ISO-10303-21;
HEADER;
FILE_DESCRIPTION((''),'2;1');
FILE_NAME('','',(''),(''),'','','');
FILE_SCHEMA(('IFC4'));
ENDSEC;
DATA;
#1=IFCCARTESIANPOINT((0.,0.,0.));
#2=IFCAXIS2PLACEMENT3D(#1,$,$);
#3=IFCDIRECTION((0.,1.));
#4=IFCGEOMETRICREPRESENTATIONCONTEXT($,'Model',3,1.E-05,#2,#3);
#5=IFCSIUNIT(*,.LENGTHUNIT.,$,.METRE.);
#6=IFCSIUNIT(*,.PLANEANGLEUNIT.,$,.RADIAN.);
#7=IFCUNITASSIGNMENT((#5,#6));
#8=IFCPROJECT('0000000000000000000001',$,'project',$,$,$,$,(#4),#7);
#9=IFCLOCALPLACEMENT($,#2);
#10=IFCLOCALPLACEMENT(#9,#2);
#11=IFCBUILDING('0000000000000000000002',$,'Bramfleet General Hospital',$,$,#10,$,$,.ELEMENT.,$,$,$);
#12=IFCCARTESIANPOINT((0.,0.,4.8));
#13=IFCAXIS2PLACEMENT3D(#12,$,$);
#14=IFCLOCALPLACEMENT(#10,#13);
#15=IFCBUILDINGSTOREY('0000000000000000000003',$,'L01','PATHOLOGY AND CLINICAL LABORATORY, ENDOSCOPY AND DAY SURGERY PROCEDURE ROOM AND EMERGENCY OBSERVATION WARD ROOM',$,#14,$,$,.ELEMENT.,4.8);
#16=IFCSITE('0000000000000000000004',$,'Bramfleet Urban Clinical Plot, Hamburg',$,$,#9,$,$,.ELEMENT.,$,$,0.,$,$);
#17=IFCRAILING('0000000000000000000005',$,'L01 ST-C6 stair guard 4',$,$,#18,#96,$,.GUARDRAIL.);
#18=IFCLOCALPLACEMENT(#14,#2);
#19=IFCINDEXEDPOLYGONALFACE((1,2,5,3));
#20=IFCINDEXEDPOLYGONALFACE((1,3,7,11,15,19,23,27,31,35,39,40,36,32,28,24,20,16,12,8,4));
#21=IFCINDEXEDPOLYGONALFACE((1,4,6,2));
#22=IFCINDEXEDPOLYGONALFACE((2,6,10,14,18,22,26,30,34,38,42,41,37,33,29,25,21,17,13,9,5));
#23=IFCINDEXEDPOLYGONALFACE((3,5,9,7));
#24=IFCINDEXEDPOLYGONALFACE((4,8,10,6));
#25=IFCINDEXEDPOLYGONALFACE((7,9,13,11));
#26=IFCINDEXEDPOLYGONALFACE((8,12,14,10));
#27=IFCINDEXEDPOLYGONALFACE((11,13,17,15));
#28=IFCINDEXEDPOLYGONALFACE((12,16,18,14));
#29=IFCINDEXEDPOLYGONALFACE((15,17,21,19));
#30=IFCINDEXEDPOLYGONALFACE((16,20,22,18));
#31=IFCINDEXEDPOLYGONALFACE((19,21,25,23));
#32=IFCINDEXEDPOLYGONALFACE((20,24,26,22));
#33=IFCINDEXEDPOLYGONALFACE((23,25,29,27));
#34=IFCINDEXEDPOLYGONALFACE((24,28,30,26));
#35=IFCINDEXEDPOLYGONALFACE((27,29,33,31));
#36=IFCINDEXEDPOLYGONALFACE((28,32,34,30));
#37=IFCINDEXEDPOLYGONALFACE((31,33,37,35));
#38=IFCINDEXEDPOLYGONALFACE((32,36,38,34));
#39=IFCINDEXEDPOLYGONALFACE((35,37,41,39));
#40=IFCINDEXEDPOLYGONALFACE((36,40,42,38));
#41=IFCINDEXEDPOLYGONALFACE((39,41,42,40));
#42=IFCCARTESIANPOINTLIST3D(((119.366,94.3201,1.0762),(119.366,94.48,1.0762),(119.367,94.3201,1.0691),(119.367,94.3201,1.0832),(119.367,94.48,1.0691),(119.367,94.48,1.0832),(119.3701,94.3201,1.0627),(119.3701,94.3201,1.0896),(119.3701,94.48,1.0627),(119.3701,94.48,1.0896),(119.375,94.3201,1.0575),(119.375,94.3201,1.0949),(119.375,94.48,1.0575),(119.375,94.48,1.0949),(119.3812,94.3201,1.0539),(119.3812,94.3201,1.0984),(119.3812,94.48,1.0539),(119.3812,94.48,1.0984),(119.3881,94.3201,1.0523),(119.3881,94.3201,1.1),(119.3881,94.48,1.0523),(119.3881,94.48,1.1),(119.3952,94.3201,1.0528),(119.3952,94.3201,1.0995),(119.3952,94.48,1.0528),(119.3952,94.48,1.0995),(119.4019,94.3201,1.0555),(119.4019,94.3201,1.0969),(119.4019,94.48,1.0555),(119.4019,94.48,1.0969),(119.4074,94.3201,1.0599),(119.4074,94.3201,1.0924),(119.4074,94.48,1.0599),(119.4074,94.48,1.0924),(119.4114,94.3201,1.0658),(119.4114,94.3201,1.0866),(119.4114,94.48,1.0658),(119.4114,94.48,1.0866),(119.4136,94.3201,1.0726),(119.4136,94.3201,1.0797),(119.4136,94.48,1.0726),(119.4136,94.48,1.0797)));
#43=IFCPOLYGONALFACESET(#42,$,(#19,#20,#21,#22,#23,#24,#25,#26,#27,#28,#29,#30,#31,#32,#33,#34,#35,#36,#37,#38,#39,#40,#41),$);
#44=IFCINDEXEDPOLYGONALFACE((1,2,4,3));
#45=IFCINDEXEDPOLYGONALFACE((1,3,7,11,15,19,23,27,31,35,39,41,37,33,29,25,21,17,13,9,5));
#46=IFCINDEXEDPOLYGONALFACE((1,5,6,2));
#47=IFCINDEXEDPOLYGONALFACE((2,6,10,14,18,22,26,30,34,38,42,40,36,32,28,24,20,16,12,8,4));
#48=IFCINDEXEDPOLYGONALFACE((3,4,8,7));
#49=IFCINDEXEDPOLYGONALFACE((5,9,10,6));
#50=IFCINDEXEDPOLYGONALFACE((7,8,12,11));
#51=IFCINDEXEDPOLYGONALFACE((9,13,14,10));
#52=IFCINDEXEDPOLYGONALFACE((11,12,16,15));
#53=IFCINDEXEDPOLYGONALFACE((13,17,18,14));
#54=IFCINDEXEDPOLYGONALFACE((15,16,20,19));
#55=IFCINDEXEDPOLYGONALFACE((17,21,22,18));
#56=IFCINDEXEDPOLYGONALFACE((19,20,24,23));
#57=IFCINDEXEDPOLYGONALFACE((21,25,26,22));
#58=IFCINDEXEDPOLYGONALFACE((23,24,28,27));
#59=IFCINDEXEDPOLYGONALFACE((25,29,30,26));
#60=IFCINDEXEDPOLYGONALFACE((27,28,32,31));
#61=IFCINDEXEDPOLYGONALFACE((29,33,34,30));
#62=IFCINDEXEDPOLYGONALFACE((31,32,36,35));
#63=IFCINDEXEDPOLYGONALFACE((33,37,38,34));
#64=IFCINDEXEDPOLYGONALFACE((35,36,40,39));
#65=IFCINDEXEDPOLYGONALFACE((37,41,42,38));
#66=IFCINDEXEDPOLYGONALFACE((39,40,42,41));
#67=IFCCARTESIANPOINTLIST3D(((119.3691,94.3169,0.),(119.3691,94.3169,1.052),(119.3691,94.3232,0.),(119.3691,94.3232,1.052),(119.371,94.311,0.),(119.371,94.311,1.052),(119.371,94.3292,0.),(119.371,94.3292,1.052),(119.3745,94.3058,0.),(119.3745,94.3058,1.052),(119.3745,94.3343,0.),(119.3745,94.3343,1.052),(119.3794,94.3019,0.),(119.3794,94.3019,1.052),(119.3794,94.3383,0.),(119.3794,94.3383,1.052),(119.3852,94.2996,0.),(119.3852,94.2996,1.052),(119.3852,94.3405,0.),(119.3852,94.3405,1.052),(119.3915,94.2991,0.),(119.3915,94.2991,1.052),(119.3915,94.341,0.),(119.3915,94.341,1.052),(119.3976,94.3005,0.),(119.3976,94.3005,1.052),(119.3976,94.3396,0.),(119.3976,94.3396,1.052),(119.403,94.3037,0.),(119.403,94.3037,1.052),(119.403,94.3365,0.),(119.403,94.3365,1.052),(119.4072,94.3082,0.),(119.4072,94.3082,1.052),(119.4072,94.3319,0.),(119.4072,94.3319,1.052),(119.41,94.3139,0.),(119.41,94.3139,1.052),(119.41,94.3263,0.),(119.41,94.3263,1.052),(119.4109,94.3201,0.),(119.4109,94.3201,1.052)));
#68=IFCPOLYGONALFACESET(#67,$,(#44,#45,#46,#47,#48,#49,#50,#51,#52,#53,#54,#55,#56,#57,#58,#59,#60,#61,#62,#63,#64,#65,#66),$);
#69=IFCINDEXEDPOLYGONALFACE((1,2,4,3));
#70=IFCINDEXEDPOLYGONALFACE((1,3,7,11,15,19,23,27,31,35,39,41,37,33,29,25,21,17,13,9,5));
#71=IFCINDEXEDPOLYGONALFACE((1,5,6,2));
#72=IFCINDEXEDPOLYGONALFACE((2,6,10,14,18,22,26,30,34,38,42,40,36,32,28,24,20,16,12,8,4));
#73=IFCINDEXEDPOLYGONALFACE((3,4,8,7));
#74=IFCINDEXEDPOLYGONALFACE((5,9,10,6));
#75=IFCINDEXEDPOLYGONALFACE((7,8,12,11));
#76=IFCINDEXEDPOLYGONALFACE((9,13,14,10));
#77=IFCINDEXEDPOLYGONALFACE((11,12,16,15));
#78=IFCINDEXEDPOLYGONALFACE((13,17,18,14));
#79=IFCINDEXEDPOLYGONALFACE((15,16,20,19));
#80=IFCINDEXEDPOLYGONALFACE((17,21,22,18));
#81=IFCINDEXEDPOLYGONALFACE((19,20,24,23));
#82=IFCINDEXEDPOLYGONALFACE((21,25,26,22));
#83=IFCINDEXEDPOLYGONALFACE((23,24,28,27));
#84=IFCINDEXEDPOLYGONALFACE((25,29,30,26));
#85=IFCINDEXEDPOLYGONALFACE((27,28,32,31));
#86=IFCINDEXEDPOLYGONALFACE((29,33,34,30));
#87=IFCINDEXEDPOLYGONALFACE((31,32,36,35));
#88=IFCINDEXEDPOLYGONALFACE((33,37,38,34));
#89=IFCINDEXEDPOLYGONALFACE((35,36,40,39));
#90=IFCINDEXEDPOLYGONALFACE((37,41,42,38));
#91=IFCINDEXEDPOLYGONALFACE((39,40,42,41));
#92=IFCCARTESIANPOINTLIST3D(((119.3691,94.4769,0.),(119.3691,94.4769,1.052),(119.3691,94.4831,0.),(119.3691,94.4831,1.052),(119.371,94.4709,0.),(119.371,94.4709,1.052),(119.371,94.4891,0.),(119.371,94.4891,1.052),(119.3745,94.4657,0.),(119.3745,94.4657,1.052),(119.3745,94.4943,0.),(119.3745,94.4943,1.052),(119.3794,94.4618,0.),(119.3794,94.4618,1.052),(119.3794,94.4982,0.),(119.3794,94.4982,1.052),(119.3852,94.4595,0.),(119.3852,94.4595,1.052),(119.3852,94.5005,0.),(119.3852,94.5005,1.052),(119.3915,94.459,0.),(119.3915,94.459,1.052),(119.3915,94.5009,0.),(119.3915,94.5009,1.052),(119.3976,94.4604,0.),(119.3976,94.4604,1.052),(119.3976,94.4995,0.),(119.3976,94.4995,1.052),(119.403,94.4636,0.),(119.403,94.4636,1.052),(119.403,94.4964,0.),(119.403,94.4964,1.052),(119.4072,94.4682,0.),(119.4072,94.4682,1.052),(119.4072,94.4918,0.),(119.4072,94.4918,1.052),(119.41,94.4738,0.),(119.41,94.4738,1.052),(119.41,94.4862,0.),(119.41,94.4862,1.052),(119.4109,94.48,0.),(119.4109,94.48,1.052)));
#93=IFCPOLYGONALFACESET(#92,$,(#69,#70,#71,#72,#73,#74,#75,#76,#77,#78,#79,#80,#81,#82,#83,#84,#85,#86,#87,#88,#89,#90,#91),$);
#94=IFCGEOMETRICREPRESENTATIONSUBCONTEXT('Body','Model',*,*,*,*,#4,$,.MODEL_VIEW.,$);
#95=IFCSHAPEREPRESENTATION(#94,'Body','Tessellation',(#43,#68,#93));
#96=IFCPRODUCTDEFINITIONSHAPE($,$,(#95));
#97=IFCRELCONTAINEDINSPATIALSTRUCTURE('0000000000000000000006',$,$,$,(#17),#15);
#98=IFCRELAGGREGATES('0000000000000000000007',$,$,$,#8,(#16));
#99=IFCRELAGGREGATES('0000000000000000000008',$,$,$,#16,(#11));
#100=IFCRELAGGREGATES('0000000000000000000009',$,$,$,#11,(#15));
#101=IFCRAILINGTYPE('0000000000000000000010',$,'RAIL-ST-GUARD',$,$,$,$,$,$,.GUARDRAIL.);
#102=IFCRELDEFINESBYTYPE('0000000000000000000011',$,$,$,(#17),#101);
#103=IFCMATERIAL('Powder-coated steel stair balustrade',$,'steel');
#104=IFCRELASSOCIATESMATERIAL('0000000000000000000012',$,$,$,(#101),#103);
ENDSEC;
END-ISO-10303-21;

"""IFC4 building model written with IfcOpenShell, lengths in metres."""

from ifc_helpers import new_model, si_unit, direction, frame, origin, origin_2d, place, context, subcontext, project, spatial, circle, extrude, material, type_object, element, save


model = new_model("IFC4")

# Units and contexts
model_context = context("Model", 3, precision=1e-05, world=origin(), true_north=direction((0.0, 1.0)))
body_context = subcontext(model_context, "Body", "Model", "MODEL_VIEW")
ifc_project = project(units=[si_unit("LENGTHUNIT", "METRE"), si_unit("PLANEANGLEUNIT", "RADIAN")], contexts=[model_context])

# Site, building, storey
site_placement = place(None, origin())
site = spatial("IfcSite", under=ifc_project, at=site_placement, Name="Bramfleet Urban Clinical Plot, Hamburg", CompositionType="ELEMENT", RefElevation=0.0)
building_placement = place(site_placement, origin())
building = spatial("IfcBuilding", under=site, at=building_placement, Name="Bramfleet General Hospital", CompositionType="ELEMENT")
storey_placement = place(building_placement, frame((0.0, 0.0, 4.8)))
storey = spatial("IfcBuildingStorey", under=building, at=storey_placement, Name="L01", Description="PATHOLOGY AND CLINICAL LABORATORY, ENDOSCOPY AND DAY SURGERY PROCEDURE ROOM AND EMERGENCY OBSERVATION WARD ROOM", CompositionType="ELEMENT", Elevation=4.8)

# Railing
ifc_material_1 = material(Name="Powder-coated steel stair balustrade", Category="steel")
railing_type_1 = type_object("IfcRailingType", Name="RAIL-ST-GUARD", PredefinedType="GUARDRAIL", material=ifc_material_1)
railing_1_placement = place(storey_placement, frame((119.3899, 94.3201, 0.0)))
element("IfcRailing", 1, at=railing_1_placement, inside=storey, type_object=railing_type_1, Name="L01 ST-C6 stair guard 4", PredefinedType="GUARDRAIL", context=body_context, shape_type="SweptSolid", body=[
    extrude(circle(Radius=0.0239, at=origin_2d()), frame((0.0, 0.0, 1.0762), z_axis=(0.0, 1.0, 0.0), x_axis=(-1.0, 0.0, 0.0)), (0.0, 0.0, 1.0), 0.1599),
    extrude(circle(Radius=0.021, at=origin_2d()), origin(), (0.0, 0.0, 1.0), 1.052),
    extrude(circle(Radius=0.021, at=origin_2d()), frame((0.0, 0.1599, 0.0)), (0.0, 0.0, 1.0), 1.052),
])

save(model, "model.ifc")
